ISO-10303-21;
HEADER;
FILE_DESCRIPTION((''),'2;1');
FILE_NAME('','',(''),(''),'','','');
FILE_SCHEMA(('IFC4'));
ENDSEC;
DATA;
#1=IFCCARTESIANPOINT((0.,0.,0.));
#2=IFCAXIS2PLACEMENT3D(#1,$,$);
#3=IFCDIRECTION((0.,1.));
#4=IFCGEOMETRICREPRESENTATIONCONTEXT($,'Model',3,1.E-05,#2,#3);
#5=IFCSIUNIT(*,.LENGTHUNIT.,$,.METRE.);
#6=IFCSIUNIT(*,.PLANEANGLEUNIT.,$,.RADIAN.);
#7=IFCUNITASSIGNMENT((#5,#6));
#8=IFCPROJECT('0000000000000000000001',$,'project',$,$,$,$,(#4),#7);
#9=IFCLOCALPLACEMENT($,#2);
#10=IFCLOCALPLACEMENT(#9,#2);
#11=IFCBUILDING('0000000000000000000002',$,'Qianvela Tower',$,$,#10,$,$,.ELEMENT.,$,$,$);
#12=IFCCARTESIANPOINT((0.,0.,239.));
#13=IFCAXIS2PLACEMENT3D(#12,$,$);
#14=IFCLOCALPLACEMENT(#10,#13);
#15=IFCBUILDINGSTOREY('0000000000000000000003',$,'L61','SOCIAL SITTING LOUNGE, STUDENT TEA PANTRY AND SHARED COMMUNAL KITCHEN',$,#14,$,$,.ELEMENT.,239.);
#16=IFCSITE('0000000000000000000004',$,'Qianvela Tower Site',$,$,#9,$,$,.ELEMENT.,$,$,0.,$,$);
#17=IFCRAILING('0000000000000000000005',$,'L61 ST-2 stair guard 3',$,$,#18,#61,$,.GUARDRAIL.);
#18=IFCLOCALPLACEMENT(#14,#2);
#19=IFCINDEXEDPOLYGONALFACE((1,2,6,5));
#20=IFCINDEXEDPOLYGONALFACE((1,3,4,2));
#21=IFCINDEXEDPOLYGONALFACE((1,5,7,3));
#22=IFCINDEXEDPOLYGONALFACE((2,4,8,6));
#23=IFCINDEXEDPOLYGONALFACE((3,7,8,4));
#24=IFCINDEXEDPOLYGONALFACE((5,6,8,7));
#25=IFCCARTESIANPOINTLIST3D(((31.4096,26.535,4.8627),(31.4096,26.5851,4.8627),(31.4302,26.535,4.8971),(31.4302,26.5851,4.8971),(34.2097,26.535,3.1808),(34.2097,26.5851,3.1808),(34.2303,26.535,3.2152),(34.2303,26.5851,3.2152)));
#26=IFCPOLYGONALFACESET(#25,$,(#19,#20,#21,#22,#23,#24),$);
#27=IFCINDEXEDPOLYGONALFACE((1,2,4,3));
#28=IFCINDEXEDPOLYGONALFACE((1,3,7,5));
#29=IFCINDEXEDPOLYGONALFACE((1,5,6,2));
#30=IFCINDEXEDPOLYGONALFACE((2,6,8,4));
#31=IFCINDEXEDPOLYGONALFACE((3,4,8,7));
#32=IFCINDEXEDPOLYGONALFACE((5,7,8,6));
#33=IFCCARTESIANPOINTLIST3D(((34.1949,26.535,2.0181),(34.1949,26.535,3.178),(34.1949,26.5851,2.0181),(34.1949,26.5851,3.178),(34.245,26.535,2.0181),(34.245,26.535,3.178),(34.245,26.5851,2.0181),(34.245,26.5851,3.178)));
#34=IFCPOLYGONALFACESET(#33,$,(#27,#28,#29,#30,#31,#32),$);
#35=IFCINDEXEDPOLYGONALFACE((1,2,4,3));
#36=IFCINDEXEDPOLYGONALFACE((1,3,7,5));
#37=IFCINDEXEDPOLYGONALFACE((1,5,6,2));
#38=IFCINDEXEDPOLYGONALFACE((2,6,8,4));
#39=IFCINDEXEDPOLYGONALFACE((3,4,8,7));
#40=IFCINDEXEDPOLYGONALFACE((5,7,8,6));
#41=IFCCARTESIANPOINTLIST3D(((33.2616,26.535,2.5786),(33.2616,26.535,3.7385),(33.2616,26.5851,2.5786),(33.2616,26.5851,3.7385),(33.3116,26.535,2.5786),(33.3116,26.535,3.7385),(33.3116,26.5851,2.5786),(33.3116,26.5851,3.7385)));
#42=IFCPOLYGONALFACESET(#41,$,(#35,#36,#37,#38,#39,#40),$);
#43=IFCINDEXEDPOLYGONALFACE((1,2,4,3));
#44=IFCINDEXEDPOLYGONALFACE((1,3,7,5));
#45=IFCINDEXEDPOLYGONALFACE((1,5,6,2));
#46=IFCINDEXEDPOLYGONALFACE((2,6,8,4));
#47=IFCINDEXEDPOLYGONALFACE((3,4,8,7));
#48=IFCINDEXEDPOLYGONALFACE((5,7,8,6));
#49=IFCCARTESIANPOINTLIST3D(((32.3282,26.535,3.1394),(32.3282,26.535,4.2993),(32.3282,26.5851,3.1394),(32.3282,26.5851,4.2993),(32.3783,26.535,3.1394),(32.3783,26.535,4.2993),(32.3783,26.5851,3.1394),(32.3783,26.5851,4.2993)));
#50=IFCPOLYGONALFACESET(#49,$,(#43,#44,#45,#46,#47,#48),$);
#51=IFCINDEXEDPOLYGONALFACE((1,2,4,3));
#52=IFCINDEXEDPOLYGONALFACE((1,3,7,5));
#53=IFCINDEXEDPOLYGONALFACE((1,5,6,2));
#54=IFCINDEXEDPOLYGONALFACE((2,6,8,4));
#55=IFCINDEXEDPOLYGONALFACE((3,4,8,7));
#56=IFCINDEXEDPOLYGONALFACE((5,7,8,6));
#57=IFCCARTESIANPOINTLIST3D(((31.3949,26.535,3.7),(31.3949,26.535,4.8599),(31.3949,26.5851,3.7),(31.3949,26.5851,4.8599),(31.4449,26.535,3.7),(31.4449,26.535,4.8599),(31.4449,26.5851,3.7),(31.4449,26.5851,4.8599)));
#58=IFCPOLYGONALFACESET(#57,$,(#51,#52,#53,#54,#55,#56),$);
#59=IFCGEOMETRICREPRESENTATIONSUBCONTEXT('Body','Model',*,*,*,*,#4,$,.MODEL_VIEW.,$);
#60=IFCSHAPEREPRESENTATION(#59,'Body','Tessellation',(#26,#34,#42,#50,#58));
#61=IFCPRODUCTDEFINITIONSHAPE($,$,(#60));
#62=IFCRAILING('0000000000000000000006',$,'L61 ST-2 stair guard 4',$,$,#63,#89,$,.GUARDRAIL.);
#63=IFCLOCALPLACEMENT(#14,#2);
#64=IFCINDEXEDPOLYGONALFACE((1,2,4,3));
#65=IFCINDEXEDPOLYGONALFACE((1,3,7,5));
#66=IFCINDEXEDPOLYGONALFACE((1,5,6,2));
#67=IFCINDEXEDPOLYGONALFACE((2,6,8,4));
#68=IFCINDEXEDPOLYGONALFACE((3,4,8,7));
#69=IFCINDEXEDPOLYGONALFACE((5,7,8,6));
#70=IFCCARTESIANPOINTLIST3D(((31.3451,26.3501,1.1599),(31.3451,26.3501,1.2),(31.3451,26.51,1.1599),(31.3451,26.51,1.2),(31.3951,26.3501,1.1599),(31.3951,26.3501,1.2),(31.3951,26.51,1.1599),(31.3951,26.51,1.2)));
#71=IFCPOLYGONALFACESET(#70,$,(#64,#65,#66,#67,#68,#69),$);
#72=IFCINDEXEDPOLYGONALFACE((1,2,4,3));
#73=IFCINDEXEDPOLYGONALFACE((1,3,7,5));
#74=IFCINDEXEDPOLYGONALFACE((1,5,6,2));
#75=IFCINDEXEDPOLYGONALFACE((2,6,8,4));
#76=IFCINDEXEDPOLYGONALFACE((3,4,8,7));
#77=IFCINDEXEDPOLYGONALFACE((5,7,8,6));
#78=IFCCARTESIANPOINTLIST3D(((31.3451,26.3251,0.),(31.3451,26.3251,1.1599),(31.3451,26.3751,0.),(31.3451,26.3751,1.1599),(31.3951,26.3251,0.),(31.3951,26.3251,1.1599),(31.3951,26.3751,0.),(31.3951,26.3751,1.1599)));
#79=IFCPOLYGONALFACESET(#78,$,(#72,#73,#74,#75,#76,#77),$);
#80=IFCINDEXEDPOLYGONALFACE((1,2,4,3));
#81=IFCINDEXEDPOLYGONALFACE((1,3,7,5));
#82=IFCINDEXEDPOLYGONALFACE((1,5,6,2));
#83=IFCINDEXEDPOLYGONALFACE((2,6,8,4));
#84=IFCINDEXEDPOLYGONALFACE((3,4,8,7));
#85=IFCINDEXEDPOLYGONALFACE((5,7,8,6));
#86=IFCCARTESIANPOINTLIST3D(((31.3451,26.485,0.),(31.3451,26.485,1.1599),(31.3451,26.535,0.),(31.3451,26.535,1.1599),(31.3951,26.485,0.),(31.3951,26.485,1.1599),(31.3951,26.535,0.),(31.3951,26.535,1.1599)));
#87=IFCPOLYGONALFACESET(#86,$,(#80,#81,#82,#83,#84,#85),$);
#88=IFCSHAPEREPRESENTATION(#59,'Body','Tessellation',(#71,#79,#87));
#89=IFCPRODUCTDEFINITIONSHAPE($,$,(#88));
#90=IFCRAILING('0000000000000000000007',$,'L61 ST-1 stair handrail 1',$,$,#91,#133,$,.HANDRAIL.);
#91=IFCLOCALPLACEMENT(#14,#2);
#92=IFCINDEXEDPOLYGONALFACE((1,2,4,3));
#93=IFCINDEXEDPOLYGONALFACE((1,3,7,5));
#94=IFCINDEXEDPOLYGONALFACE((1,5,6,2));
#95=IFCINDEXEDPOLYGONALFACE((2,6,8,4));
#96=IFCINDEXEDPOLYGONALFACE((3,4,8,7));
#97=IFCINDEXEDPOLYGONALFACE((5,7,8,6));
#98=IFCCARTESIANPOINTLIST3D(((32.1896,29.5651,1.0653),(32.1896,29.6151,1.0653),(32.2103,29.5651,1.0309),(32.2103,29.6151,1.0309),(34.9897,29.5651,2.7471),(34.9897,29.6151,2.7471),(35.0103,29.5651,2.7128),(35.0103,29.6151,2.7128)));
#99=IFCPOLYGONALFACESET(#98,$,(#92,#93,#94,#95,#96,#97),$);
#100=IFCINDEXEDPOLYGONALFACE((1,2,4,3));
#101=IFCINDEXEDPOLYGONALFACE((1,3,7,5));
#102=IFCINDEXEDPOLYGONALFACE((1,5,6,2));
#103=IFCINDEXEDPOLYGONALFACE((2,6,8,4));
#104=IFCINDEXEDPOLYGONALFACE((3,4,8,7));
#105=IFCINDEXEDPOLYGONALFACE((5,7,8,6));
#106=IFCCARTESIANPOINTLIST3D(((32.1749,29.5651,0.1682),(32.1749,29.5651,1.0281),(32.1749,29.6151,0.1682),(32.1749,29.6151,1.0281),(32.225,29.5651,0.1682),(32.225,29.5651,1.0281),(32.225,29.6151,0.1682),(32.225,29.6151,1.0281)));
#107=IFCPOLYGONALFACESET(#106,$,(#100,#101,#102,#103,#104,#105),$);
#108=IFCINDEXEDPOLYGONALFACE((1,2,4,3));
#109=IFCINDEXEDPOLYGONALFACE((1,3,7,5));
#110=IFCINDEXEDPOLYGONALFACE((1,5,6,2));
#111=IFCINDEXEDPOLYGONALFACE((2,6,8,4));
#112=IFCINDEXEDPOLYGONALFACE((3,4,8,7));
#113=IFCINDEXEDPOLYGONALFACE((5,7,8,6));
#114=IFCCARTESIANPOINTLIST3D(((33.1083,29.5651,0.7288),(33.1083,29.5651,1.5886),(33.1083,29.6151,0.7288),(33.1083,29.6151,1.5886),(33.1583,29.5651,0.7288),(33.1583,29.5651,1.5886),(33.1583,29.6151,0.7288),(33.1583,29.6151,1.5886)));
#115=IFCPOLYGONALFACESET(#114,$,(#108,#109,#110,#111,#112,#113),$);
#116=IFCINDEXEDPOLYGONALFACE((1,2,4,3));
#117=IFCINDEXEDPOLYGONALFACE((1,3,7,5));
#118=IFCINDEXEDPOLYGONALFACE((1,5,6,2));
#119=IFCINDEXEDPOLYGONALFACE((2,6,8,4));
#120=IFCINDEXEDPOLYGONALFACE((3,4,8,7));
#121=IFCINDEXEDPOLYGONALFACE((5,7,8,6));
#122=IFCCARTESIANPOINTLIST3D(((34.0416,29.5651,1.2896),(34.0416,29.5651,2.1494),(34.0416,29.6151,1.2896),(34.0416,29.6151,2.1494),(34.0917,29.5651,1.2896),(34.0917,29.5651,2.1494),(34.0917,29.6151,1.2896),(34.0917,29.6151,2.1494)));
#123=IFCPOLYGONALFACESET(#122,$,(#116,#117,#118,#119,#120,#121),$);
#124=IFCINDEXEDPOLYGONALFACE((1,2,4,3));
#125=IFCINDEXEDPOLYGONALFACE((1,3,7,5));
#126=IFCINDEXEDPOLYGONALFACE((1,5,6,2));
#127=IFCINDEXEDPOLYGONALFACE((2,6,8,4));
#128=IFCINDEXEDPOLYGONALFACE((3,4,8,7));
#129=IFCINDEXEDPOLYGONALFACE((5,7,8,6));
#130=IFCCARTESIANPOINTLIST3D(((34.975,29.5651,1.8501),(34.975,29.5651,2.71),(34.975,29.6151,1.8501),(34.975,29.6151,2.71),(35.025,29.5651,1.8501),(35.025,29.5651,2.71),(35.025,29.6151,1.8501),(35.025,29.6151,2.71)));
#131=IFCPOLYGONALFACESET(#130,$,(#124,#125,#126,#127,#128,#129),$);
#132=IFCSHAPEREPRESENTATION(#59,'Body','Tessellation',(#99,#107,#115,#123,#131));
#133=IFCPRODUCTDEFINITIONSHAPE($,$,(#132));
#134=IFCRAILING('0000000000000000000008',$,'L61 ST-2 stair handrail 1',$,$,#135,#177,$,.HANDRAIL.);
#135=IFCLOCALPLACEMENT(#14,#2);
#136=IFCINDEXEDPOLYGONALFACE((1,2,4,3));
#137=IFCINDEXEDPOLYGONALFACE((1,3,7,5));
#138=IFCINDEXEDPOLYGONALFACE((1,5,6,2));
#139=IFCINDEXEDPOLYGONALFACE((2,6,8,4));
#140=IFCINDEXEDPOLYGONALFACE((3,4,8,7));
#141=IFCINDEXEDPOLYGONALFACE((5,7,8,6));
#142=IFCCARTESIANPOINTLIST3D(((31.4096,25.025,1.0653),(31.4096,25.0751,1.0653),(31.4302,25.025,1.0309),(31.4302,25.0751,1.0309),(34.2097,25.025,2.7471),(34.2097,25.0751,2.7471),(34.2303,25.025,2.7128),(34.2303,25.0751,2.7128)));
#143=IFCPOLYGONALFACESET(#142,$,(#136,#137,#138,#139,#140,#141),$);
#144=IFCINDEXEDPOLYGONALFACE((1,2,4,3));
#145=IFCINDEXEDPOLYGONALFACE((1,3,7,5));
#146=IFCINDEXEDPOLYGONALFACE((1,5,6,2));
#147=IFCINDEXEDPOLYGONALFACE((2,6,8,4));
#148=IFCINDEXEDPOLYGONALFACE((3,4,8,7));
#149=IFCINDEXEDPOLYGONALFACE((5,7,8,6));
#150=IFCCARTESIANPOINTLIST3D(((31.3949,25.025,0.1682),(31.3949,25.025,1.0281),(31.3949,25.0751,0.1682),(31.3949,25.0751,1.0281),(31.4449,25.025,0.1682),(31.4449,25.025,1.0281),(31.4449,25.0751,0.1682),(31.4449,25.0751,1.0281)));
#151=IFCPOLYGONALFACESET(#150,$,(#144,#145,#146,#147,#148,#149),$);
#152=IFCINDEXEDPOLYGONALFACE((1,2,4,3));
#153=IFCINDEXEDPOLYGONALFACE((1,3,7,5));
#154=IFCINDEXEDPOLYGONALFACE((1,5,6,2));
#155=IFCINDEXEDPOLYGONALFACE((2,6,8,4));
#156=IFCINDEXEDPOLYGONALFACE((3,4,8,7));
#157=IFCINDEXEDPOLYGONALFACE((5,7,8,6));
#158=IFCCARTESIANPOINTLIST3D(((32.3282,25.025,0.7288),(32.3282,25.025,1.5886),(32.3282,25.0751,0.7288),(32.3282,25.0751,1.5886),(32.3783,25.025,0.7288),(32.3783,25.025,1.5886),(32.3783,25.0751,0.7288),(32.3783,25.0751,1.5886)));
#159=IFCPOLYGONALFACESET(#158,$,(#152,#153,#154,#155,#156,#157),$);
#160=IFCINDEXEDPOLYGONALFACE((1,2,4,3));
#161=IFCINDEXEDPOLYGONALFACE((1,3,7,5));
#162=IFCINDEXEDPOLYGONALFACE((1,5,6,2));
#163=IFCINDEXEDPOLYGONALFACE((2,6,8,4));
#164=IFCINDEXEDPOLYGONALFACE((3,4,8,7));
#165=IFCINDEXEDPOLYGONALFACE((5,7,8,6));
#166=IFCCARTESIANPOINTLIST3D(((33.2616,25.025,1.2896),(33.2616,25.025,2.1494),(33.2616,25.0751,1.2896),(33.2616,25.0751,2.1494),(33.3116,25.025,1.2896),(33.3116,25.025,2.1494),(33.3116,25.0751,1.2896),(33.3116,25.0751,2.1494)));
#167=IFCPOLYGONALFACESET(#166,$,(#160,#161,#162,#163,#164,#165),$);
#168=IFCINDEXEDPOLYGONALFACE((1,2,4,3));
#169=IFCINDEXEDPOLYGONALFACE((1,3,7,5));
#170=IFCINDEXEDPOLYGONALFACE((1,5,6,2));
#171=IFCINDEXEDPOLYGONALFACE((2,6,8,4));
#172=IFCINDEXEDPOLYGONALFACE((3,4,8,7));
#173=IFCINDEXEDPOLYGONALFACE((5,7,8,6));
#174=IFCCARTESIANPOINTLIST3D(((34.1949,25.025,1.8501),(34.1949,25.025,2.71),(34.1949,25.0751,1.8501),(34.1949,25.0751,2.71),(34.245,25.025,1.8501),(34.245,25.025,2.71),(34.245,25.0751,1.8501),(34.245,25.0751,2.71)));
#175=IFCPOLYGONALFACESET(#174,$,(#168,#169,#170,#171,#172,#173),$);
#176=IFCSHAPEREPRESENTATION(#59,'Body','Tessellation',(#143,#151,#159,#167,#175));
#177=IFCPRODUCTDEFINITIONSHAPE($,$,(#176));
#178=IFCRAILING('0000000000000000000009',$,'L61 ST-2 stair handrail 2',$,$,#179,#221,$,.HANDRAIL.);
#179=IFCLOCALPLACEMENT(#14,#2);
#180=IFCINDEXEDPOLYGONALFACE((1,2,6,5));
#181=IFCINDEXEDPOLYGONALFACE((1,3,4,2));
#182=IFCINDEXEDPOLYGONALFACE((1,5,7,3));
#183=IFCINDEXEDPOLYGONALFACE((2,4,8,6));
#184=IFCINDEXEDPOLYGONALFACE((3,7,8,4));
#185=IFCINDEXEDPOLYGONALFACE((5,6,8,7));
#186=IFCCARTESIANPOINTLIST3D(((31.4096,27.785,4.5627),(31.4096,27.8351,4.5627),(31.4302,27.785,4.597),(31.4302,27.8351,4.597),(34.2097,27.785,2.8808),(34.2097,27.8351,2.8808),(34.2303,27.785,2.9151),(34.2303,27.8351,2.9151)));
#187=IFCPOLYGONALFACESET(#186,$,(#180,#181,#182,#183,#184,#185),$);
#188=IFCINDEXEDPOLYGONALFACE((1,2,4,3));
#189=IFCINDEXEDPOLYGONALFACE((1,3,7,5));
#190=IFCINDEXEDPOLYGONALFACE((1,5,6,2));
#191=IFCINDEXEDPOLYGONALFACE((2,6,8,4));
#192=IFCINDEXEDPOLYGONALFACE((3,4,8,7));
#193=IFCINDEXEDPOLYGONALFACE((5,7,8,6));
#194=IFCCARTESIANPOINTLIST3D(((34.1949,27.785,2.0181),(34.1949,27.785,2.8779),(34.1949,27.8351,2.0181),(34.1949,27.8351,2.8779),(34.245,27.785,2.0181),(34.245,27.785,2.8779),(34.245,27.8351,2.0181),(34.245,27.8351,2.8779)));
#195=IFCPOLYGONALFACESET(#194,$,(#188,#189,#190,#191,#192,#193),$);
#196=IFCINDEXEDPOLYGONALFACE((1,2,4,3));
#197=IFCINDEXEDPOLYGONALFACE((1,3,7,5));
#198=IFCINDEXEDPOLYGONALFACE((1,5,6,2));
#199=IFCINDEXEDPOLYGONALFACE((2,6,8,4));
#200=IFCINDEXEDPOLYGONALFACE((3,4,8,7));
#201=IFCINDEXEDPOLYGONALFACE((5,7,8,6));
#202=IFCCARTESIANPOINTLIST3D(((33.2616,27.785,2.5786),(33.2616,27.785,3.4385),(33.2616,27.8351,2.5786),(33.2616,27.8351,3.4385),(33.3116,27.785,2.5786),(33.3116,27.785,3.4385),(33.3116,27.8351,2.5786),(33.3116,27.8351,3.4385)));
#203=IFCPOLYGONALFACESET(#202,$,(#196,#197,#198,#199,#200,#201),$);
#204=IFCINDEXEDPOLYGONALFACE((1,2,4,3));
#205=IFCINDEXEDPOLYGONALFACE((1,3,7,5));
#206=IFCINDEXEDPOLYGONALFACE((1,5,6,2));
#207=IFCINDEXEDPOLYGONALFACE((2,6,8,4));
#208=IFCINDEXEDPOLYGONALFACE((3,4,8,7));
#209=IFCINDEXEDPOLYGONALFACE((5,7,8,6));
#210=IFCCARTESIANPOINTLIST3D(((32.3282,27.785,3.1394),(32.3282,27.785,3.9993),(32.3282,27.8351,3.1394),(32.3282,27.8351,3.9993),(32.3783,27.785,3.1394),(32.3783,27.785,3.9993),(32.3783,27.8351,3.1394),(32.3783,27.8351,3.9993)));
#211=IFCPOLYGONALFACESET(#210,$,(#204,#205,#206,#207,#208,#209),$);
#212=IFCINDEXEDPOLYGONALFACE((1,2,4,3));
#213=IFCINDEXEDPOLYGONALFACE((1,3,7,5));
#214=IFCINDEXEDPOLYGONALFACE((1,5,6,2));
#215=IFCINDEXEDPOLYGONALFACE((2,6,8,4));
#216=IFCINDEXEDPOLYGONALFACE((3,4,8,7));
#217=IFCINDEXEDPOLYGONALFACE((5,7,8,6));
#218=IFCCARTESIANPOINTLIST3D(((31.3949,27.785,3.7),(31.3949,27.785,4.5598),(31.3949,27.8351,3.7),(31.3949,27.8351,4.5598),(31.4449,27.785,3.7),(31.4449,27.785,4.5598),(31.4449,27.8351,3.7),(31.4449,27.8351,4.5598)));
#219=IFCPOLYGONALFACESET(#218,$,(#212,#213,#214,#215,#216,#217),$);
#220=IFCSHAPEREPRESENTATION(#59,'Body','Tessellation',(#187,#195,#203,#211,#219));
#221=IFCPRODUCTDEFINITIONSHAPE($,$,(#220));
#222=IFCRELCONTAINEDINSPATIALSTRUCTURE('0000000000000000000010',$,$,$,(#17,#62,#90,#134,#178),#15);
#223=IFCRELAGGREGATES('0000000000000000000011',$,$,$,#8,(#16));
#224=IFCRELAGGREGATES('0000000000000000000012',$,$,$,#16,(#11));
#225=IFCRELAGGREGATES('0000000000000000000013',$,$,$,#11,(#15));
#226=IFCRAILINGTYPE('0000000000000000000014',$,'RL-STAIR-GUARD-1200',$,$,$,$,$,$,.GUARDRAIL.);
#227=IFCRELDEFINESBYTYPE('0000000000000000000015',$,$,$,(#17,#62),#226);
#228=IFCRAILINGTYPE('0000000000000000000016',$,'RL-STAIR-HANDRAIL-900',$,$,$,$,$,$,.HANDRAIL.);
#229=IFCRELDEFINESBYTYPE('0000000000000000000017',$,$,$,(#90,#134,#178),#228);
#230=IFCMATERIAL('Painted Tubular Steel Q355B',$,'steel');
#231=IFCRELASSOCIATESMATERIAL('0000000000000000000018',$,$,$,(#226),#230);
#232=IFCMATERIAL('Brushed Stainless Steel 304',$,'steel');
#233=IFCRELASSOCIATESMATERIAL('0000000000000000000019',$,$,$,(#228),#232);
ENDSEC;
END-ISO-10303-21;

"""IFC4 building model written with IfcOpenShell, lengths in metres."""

from ifc_helpers import new_model, si_unit, direction, frame, origin, origin_2d, place, context, subcontext, project, spatial, rectangle, extrude, material, type_object, element, save


model = new_model("IFC4")

# Units and contexts
model_context = context("Model", 3, precision=1e-05, world=origin(), true_north=direction((0.0, 1.0)))
body_context = subcontext(model_context, "Body", "Model", "MODEL_VIEW")
ifc_project = project(units=[si_unit("LENGTHUNIT", "METRE"), si_unit("PLANEANGLEUNIT", "RADIAN")], contexts=[model_context])

# Site, building, storey
site_placement = place(None, origin())
site = spatial("IfcSite", under=ifc_project, at=site_placement, Name="Qianvela Tower Site", CompositionType="ELEMENT", RefElevation=0.0)
building_placement = place(site_placement, origin())
building = spatial("IfcBuilding", under=site, at=building_placement, Name="Qianvela Tower", CompositionType="ELEMENT")
storey_placement = place(building_placement, frame((0.0, 0.0, 239.0)))
storey = spatial("IfcBuildingStorey", under=building, at=storey_placement, Name="L61", Description="SOCIAL SITTING LOUNGE, STUDENT TEA PANTRY AND SHARED COMMUNAL KITCHEN", CompositionType="ELEMENT", Elevation=239.0)

# Railings
ifc_material_1 = material(Name="Painted Tubular Steel Q355B", Category="steel")
railing_type_1 = type_object("IfcRailingType", Name="RL-STAIR-GUARD-1200", PredefinedType="GUARDRAIL", material=ifc_material_1)
railing_1_placement = place(storey_placement, frame((34.22, 26.5601, 2.0181)))
element("IfcRailing", 1, at=railing_1_placement, inside=storey, type_object=railing_type_1, Name="L61 ST-2 stair guard 3", PredefinedType="GUARDRAIL", context=body_context, shape_type="SweptSolid", body=[
    extrude(rectangle(XDim=0.05, YDim=0.04, at=origin_2d()), frame((0.0, 0.0, 1.1799), z_axis=(-0.857242, 0.0, 0.514913), x_axis=(0.0, -1.0, 0.0)), (0.0, 0.0, 1.0), 3.2664),
    extrude(rectangle(XDim=0.05, YDim=0.05, at=origin_2d()), origin(), (0.0, 0.0, 1.0), 1.1599),
    extrude(rectangle(XDim=0.05, YDim=0.05, at=origin_2d()), frame((-0.9333, 0.0, 0.5605)), (0.0, 0.0, 1.0), 1.1599),
    extrude(rectangle(XDim=0.05, YDim=0.05, at=origin_2d()), frame((-1.8667, 0.0, 1.1213)), (0.0, 0.0, 1.0), 1.1599),
    extrude(rectangle(XDim=0.05, YDim=0.05, at=origin_2d()), frame((-2.8, 0.0, 1.6819)), (0.0, 0.0, 1.0), 1.1599),
])
railing_2_placement = place(storey_placement, frame((31.3701, 26.3501, 0.0)))
element("IfcRailing", 2, at=railing_2_placement, inside=storey, type_object=railing_type_1, Name="L61 ST-2 stair guard 4", PredefinedType="GUARDRAIL", context=body_context, shape_type="SweptSolid", body=[
    extrude(rectangle(XDim=0.05, YDim=0.04, at=origin_2d()), frame((0.0, 0.0, 1.1799), z_axis=(0.0, 1.0, 0.0), x_axis=(-1.0, 0.0, 0.0)), (0.0, 0.0, 1.0), 0.1599),
    extrude(rectangle(XDim=0.05, YDim=0.05, at=origin_2d()), origin(), (0.0, 0.0, 1.0), 1.1599),
    extrude(rectangle(XDim=0.05, YDim=0.05, at=origin_2d()), frame((0.0, 0.1599, 0.0)), (0.0, 0.0, 1.0), 1.1599),
])
ifc_material_2 = material(Name="Brushed Stainless Steel 304", Category="steel")
railing_type_2 = type_object("IfcRailingType", Name="RL-STAIR-HANDRAIL-900", PredefinedType="HANDRAIL", material=ifc_material_2)
for number, where, name in (
    (3, (32.2, 29.5901, 0.1682), "L61 ST-1 stair handrail 1"),
    (4, (31.4199, 25.05, 0.1682), "L61 ST-2 stair handrail 1"),
):
    element("IfcRailing", number, at=place(storey_placement, frame(where)), inside=storey, type_object=railing_type_2, Name=name, PredefinedType="HANDRAIL", context=body_context, shape_type="SweptSolid", body=[
        extrude(rectangle(XDim=0.05, YDim=0.04, at=origin_2d()), frame((0.0, 0.0, 0.8799), z_axis=(0.857242, 0.0, 0.514913), x_axis=(0.0, 1.0, 0.0)), (0.0, 0.0, 1.0), 3.2664),
        extrude(rectangle(XDim=0.05, YDim=0.05, at=origin_2d()), origin(), (0.0, 0.0, 1.0), 0.8599),
        extrude(rectangle(XDim=0.05, YDim=0.05, at=origin_2d()), frame((0.9333, 0.0, 0.5605)), (0.0, 0.0, 1.0), 0.8599),
        extrude(rectangle(XDim=0.05, YDim=0.05, at=origin_2d()), frame((1.8667, 0.0, 1.1213)), (0.0, 0.0, 1.0), 0.8599),
        extrude(rectangle(XDim=0.05, YDim=0.05, at=origin_2d()), frame((2.8, 0.0, 1.6819)), (0.0, 0.0, 1.0), 0.8599),
    ])
railing_3_placement = place(storey_placement, frame((34.22, 27.8101, 2.0181)))
element("IfcRailing", 5, at=railing_3_placement, inside=storey, type_object=railing_type_2, Name="L61 ST-2 stair handrail 2", PredefinedType="HANDRAIL", context=body_context, shape_type="SweptSolid", body=[
    extrude(rectangle(XDim=0.05, YDim=0.04, at=origin_2d()), frame((0.0, 0.0, 0.8799), z_axis=(-0.857242, 0.0, 0.514913), x_axis=(0.0, -1.0, 0.0)), (0.0, 0.0, 1.0), 3.2664),
    extrude(rectangle(XDim=0.05, YDim=0.05, at=origin_2d()), origin(), (0.0, 0.0, 1.0), 0.8599),
    extrude(rectangle(XDim=0.05, YDim=0.05, at=origin_2d()), frame((-0.9333, 0.0, 0.5605)), (0.0, 0.0, 1.0), 0.8599),
    extrude(rectangle(XDim=0.05, YDim=0.05, at=origin_2d()), frame((-1.8667, 0.0, 1.1213)), (0.0, 0.0, 1.0), 0.8599),
    extrude(rectangle(XDim=0.05, YDim=0.05, at=origin_2d()), frame((-2.8, 0.0, 1.6819)), (0.0, 0.0, 1.0), 0.8599),
])

save(model, "model.ifc")
